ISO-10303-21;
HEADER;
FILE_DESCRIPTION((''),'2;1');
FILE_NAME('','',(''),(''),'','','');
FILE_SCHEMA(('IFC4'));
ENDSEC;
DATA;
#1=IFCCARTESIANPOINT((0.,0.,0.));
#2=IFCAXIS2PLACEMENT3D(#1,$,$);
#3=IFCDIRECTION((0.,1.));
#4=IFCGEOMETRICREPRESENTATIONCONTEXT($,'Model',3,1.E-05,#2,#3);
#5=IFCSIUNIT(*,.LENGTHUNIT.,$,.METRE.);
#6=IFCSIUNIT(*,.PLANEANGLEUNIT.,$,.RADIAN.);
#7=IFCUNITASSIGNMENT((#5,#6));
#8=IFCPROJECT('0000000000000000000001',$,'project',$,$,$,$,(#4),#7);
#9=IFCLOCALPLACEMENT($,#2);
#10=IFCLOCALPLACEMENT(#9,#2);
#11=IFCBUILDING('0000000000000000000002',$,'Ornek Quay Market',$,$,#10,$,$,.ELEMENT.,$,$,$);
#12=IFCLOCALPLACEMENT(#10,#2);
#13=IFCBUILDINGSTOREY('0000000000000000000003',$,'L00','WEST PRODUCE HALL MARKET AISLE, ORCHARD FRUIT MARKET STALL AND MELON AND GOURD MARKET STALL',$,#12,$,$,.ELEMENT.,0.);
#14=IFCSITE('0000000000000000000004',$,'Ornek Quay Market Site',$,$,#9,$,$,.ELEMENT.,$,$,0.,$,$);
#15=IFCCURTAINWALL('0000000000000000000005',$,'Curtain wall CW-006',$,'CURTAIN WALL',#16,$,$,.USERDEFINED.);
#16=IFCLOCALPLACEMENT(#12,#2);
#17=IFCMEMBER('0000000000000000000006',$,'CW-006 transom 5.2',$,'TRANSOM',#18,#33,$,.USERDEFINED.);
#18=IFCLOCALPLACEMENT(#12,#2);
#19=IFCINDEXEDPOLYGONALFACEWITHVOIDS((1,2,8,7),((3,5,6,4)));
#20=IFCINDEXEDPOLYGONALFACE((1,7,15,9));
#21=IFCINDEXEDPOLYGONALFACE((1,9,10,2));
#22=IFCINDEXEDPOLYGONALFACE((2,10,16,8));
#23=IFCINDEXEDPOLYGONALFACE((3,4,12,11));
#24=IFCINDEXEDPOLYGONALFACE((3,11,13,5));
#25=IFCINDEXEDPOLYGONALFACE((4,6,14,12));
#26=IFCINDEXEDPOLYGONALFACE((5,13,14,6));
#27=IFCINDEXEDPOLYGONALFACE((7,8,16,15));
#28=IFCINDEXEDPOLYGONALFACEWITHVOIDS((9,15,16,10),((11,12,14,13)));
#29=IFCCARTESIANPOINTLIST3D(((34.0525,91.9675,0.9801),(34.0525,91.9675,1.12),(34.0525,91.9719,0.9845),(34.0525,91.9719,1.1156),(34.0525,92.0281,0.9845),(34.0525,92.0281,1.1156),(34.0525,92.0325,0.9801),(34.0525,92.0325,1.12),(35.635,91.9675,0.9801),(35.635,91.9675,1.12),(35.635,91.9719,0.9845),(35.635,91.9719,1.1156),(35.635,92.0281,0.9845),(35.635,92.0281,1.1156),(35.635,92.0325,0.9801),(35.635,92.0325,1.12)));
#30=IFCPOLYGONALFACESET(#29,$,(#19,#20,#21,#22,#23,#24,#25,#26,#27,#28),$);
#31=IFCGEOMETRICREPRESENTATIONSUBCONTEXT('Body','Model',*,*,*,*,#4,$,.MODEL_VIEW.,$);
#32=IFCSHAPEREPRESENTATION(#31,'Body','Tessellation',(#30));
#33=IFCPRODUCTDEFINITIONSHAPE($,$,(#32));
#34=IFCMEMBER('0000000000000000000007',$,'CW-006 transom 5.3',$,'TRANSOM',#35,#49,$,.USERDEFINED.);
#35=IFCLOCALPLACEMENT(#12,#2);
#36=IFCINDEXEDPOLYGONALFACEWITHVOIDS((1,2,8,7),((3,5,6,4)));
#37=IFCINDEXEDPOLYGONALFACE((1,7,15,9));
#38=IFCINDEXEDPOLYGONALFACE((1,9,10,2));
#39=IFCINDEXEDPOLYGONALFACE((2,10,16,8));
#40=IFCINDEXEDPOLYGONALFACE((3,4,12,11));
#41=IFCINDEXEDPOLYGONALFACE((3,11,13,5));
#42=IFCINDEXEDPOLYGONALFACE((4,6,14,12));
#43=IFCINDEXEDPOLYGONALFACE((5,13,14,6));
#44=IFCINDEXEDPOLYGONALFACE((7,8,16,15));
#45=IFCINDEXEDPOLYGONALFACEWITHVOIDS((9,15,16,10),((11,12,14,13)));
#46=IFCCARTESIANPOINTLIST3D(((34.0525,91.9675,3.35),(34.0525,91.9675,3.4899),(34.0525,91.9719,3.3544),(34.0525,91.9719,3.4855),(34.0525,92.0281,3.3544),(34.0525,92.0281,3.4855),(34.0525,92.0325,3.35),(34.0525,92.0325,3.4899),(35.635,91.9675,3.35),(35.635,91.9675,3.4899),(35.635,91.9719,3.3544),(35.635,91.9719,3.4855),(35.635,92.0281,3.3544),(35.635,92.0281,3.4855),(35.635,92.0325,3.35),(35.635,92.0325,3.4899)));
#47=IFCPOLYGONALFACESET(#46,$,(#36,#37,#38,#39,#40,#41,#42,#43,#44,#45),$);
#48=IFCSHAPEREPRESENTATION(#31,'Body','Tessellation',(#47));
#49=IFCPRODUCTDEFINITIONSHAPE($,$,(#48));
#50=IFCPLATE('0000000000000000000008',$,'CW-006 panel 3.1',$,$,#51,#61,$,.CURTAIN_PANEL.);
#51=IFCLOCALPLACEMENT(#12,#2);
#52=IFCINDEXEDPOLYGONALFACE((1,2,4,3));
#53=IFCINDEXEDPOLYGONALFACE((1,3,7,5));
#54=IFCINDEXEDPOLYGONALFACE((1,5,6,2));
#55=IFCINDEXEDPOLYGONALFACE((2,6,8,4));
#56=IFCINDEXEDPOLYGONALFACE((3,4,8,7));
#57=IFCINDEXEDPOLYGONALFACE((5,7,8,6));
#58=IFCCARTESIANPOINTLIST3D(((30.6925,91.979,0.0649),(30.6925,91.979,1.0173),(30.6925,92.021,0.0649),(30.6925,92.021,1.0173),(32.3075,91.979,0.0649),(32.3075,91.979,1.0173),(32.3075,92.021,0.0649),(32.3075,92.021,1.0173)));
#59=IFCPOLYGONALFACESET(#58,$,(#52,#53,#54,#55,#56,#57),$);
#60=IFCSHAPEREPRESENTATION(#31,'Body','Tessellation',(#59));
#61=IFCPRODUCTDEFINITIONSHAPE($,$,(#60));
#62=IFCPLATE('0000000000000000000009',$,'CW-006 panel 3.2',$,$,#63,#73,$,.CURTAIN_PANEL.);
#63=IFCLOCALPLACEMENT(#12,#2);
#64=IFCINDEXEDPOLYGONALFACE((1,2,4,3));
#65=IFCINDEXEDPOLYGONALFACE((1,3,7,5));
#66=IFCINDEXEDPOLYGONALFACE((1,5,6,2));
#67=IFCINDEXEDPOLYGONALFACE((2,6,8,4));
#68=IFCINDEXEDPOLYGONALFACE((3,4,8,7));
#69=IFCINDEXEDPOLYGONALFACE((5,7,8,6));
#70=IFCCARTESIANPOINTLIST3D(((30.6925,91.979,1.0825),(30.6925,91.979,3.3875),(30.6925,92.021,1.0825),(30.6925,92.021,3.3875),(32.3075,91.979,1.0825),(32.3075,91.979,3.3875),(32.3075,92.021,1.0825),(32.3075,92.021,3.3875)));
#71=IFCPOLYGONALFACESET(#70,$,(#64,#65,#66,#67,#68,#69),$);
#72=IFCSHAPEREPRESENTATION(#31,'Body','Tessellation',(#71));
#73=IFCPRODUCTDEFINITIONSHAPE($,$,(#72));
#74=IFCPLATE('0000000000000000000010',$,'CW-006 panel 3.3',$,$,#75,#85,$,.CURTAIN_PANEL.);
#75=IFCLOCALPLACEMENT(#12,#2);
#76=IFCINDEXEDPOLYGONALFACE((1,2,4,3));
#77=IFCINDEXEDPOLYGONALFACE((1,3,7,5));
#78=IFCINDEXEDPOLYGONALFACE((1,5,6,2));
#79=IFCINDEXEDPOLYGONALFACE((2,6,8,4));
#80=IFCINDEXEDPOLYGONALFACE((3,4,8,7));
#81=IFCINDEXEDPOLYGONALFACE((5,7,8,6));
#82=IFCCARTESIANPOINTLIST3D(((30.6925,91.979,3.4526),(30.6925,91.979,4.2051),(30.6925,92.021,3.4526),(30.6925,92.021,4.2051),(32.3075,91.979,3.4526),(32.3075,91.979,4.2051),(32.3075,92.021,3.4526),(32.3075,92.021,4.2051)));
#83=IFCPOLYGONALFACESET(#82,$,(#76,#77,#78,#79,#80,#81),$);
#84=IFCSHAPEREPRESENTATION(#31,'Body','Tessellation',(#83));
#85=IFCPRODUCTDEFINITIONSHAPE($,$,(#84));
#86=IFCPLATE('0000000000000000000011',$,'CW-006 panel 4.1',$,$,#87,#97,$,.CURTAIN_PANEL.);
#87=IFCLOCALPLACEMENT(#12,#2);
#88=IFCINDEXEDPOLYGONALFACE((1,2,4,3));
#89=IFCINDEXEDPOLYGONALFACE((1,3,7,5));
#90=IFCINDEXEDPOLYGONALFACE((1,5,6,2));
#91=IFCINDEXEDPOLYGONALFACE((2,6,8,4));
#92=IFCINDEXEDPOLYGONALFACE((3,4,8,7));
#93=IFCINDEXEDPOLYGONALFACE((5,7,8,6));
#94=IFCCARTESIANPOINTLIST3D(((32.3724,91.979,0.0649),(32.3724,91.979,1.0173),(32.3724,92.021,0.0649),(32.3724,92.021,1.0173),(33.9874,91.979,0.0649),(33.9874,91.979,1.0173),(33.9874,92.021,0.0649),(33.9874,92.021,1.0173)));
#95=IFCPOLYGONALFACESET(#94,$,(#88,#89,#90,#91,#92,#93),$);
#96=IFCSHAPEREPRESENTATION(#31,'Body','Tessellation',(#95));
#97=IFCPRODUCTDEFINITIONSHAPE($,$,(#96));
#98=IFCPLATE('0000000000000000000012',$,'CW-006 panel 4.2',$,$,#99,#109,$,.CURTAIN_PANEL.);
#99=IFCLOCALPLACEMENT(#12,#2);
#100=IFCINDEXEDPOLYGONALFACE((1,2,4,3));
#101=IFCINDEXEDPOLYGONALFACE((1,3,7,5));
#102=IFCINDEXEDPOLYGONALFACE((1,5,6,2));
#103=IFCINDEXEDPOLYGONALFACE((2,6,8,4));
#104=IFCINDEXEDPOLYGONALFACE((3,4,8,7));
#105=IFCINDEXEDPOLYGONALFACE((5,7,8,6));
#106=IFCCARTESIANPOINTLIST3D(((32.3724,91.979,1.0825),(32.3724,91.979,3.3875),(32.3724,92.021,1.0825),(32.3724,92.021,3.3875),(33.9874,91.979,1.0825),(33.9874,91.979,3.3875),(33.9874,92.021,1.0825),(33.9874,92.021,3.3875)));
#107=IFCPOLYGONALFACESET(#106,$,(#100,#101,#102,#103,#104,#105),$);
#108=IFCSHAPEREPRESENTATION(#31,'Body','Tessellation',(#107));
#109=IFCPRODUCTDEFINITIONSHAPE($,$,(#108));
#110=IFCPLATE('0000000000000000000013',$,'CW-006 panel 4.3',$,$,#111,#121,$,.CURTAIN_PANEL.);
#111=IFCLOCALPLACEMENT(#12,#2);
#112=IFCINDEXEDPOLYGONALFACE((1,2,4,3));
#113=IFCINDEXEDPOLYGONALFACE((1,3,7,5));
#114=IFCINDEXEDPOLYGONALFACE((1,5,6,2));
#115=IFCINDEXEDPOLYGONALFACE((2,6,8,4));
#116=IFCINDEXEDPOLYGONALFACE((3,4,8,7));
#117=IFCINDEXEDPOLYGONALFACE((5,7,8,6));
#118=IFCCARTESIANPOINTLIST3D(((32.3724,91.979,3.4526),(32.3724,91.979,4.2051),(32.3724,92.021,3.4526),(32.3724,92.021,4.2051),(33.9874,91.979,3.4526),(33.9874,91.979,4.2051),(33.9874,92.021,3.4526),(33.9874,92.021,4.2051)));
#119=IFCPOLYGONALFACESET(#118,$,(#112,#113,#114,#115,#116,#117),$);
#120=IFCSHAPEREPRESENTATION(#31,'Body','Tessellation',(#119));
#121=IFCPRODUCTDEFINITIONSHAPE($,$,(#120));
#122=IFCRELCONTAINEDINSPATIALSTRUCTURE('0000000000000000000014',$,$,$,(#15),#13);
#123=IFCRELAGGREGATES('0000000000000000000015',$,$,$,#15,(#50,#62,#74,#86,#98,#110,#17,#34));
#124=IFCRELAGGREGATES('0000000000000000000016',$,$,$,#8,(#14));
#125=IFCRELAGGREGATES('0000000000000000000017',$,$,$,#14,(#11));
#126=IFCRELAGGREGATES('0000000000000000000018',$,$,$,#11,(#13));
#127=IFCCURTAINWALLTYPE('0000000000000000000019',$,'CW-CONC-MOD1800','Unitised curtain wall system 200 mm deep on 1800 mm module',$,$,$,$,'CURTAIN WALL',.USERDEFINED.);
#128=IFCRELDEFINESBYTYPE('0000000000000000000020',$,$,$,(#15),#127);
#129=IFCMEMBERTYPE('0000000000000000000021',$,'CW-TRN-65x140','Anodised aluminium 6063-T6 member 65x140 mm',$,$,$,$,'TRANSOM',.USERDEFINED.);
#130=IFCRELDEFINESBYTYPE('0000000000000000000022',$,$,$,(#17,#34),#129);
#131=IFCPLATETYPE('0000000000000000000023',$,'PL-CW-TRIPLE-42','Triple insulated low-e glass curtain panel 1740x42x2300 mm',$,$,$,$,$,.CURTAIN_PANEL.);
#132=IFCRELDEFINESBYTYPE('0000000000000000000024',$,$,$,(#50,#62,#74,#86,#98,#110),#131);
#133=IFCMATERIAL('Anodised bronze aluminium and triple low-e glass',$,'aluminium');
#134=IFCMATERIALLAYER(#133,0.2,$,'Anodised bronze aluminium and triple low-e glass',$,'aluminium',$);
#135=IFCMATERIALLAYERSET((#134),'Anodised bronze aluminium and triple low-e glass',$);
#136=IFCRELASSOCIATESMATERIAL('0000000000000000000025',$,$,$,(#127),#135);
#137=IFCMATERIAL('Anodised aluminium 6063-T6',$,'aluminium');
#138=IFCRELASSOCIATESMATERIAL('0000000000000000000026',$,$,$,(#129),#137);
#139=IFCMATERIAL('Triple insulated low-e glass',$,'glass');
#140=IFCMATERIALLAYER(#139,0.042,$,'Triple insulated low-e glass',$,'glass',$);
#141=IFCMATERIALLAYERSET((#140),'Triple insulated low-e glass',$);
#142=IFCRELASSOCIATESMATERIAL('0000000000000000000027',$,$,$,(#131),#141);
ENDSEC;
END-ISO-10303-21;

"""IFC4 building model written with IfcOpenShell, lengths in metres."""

from ifc_helpers import new_model, si_unit, direction, frame, origin, origin_2d, place, context, subcontext, project, spatial, rectangle, hollow_rectangle, extrude, material, layer, layer_set, material_profile, profile_set, type_object, element, aggregate, save


model = new_model("IFC4")

# Units and contexts
model_context = context("Model", 3, precision=1e-05, world=origin(), true_north=direction((0.0, 1.0)))
body_context = subcontext(model_context, "Body", "Model", "MODEL_VIEW")
ifc_project = project(units=[si_unit("LENGTHUNIT", "METRE"), si_unit("PLANEANGLEUNIT", "RADIAN")], contexts=[model_context])

# Site, building, storey
site_placement = place(None, origin())
site = spatial("IfcSite", under=ifc_project, at=site_placement, Name="Ornek Quay Market Site", CompositionType="ELEMENT", RefElevation=0.0)
building_placement = place(site_placement, origin())
building = spatial("IfcBuilding", under=site, at=building_placement, Name="Ornek Quay Market", CompositionType="ELEMENT")
storey_placement = place(building_placement, origin())
storey = spatial("IfcBuildingStorey", under=building, at=storey_placement, Name="L00", Description="WEST PRODUCE HALL MARKET AISLE, ORCHARD FRUIT MARKET STALL AND MELON AND GOURD MARKET STALL", CompositionType="ELEMENT", Elevation=0.0)

# Curtain wall, members, plates
ifc_material_1 = material(Name="Anodised bronze aluminium and triple low-e glass", Category="aluminium")
ifc_layer_1 = layer(ifc_material_1, 0.2, Name="Anodised bronze aluminium and triple low-e glass", Category="aluminium")
ifc_layer_set_1 = layer_set([ifc_layer_1], Name="Anodised bronze aluminium and triple low-e glass")
curtain_wall_type = type_object("IfcCurtainWallType", Name="CW-CONC-MOD1800", Description="Unitised curtain wall system 200 mm deep on 1800 mm module", ElementType="CURTAIN WALL", PredefinedType="USERDEFINED", material=ifc_layer_set_1)
curtain_wall_placement = place(storey_placement, origin())
curtain_wall = element("IfcCurtainWall", 1, at=curtain_wall_placement, inside=storey, type_object=curtain_wall_type, Name="Curtain wall CW-006", ObjectType="CURTAIN WALL", PredefinedType="USERDEFINED")
ifc_material_2 = material(Name="Anodised aluminium 6063-T6", Category="aluminium")
ifc_material_profile_1 = material_profile(ifc_material_2, hollow_rectangle(XDim=0.0649, YDim=0.1399, WallThickness=0.0044, at=origin_2d()), Name="CW-TRN-65x140", Category="aluminium")
ifc_profile_set_1 = profile_set([ifc_material_profile_1], Name="Anodised aluminium 6063-T6")
member_type_1 = type_object("IfcMemberType", Name="CW-TRN-65x140", Description="Anodised aluminium 6063-T6 member 65x140 mm", ElementType="TRANSOM", PredefinedType="USERDEFINED", material=ifc_profile_set_1)
member_1_placement = place(storey_placement, frame((34.0525, 92.0, 1.05), z_axis=(1.0, 0.0, 0.0), x_axis=(0.0, 1.0, 0.0)))
member_1 = element("IfcMember", 2, at=member_1_placement, type_object=member_type_1, Name="CW-006 transom 5.2", ObjectType="TRANSOM", PredefinedType="USERDEFINED", context=body_context, shape_type="SweptSolid", body=[
    extrude(hollow_rectangle(XDim=0.0649, YDim=0.1399, WallThickness=0.0044, at=origin_2d()), origin(), (0.0, 0.0, 1.0), 1.5825),
])
member_2_placement = place(storey_placement, frame((34.0525, 92.0, 3.4199), z_axis=(1.0, 0.0, 0.0), x_axis=(0.0, 1.0, 0.0)))
member_2 = element("IfcMember", 3, at=member_2_placement, type_object=member_type_1, Name="CW-006 transom 5.3", ObjectType="TRANSOM", PredefinedType="USERDEFINED", context=body_context, shape_type="SweptSolid", body=[
    extrude(hollow_rectangle(XDim=0.0649, YDim=0.1399, WallThickness=0.0044, at=origin_2d()), origin(), (0.0, 0.0, 1.0), 1.5825),
])
ifc_material_3 = material(Name="Triple insulated low-e glass", Category="glass")
ifc_layer_2 = layer(ifc_material_3, 0.042, Name="Triple insulated low-e glass", Category="glass")
ifc_layer_set_2 = layer_set([ifc_layer_2], Name="Triple insulated low-e glass")
plate_type = type_object("IfcPlateType", Name="PL-CW-TRIPLE-42", Description="Triple insulated low-e glass curtain panel 1740x42x2300 mm", PredefinedType="CURTAIN_PANEL", material=ifc_layer_set_2)
plate_1_placement = place(storey_placement, frame((31.5, 92.0, 0.0649), z_axis=(0.0, 0.0, 1.0), x_axis=(1.0, 0.0, 0.0)))
plate_1 = element("IfcPlate", 4, at=plate_1_placement, type_object=plate_type, Name="CW-006 panel 3.1", PredefinedType="CURTAIN_PANEL", context=body_context, shape_type="SweptSolid", body=[
    extrude(rectangle(XDim=1.615, YDim=0.042, at=origin_2d()), origin(), (0.0, 0.0, 1.0), 0.9524),
])
plate_2_placement = place(storey_placement, frame((31.5, 92.0, 1.0825), z_axis=(0.0, 0.0, 1.0), x_axis=(1.0, 0.0, 0.0)))
plate_2 = element("IfcPlate", 5, at=plate_2_placement, type_object=plate_type, Name="CW-006 panel 3.2", PredefinedType="CURTAIN_PANEL", context=body_context, shape_type="SweptSolid", body=[
    extrude(rectangle(XDim=1.615, YDim=0.042, at=origin_2d()), origin(), (0.0, 0.0, 1.0), 2.3049),
])
plate_3_placement = place(storey_placement, frame((31.5, 92.0, 3.4526), z_axis=(0.0, 0.0, 1.0), x_axis=(1.0, 0.0, 0.0)))
plate_3 = element("IfcPlate", 6, at=plate_3_placement, type_object=plate_type, Name="CW-006 panel 3.3", PredefinedType="CURTAIN_PANEL", context=body_context, shape_type="SweptSolid", body=[
    extrude(rectangle(XDim=1.615, YDim=0.042, at=origin_2d()), origin(), (0.0, 0.0, 1.0), 0.7524),
])
plate_4_placement = place(storey_placement, frame((33.1799, 92.0, 0.0649), z_axis=(0.0, 0.0, 1.0), x_axis=(1.0, 0.0, 0.0)))
plate_4 = element("IfcPlate", 7, at=plate_4_placement, type_object=plate_type, Name="CW-006 panel 4.1", PredefinedType="CURTAIN_PANEL", context=body_context, shape_type="SweptSolid", body=[
    extrude(rectangle(XDim=1.615, YDim=0.042, at=origin_2d()), origin(), (0.0, 0.0, 1.0), 0.9524),
])
plate_5_placement = place(storey_placement, frame((33.1799, 92.0, 1.0825), z_axis=(0.0, 0.0, 1.0), x_axis=(1.0, 0.0, 0.0)))
plate_5 = element("IfcPlate", 8, at=plate_5_placement, type_object=plate_type, Name="CW-006 panel 4.2", PredefinedType="CURTAIN_PANEL", context=body_context, shape_type="SweptSolid", body=[
    extrude(rectangle(XDim=1.615, YDim=0.042, at=origin_2d()), origin(), (0.0, 0.0, 1.0), 2.3049),
])
plate_6_placement = place(storey_placement, frame((33.1799, 92.0, 3.4526), z_axis=(0.0, 0.0, 1.0), x_axis=(1.0, 0.0, 0.0)))
plate_6 = element("IfcPlate", 9, at=plate_6_placement, type_object=plate_type, Name="CW-006 panel 4.3", PredefinedType="CURTAIN_PANEL", context=body_context, shape_type="SweptSolid", body=[
    extrude(rectangle(XDim=1.615, YDim=0.042, at=origin_2d()), origin(), (0.0, 0.0, 1.0), 0.7524),
])
aggregate(curtain_wall, [plate_1, plate_2, plate_3, plate_4, plate_5, plate_6, member_1, member_2])

save(model, "model.ifc")
